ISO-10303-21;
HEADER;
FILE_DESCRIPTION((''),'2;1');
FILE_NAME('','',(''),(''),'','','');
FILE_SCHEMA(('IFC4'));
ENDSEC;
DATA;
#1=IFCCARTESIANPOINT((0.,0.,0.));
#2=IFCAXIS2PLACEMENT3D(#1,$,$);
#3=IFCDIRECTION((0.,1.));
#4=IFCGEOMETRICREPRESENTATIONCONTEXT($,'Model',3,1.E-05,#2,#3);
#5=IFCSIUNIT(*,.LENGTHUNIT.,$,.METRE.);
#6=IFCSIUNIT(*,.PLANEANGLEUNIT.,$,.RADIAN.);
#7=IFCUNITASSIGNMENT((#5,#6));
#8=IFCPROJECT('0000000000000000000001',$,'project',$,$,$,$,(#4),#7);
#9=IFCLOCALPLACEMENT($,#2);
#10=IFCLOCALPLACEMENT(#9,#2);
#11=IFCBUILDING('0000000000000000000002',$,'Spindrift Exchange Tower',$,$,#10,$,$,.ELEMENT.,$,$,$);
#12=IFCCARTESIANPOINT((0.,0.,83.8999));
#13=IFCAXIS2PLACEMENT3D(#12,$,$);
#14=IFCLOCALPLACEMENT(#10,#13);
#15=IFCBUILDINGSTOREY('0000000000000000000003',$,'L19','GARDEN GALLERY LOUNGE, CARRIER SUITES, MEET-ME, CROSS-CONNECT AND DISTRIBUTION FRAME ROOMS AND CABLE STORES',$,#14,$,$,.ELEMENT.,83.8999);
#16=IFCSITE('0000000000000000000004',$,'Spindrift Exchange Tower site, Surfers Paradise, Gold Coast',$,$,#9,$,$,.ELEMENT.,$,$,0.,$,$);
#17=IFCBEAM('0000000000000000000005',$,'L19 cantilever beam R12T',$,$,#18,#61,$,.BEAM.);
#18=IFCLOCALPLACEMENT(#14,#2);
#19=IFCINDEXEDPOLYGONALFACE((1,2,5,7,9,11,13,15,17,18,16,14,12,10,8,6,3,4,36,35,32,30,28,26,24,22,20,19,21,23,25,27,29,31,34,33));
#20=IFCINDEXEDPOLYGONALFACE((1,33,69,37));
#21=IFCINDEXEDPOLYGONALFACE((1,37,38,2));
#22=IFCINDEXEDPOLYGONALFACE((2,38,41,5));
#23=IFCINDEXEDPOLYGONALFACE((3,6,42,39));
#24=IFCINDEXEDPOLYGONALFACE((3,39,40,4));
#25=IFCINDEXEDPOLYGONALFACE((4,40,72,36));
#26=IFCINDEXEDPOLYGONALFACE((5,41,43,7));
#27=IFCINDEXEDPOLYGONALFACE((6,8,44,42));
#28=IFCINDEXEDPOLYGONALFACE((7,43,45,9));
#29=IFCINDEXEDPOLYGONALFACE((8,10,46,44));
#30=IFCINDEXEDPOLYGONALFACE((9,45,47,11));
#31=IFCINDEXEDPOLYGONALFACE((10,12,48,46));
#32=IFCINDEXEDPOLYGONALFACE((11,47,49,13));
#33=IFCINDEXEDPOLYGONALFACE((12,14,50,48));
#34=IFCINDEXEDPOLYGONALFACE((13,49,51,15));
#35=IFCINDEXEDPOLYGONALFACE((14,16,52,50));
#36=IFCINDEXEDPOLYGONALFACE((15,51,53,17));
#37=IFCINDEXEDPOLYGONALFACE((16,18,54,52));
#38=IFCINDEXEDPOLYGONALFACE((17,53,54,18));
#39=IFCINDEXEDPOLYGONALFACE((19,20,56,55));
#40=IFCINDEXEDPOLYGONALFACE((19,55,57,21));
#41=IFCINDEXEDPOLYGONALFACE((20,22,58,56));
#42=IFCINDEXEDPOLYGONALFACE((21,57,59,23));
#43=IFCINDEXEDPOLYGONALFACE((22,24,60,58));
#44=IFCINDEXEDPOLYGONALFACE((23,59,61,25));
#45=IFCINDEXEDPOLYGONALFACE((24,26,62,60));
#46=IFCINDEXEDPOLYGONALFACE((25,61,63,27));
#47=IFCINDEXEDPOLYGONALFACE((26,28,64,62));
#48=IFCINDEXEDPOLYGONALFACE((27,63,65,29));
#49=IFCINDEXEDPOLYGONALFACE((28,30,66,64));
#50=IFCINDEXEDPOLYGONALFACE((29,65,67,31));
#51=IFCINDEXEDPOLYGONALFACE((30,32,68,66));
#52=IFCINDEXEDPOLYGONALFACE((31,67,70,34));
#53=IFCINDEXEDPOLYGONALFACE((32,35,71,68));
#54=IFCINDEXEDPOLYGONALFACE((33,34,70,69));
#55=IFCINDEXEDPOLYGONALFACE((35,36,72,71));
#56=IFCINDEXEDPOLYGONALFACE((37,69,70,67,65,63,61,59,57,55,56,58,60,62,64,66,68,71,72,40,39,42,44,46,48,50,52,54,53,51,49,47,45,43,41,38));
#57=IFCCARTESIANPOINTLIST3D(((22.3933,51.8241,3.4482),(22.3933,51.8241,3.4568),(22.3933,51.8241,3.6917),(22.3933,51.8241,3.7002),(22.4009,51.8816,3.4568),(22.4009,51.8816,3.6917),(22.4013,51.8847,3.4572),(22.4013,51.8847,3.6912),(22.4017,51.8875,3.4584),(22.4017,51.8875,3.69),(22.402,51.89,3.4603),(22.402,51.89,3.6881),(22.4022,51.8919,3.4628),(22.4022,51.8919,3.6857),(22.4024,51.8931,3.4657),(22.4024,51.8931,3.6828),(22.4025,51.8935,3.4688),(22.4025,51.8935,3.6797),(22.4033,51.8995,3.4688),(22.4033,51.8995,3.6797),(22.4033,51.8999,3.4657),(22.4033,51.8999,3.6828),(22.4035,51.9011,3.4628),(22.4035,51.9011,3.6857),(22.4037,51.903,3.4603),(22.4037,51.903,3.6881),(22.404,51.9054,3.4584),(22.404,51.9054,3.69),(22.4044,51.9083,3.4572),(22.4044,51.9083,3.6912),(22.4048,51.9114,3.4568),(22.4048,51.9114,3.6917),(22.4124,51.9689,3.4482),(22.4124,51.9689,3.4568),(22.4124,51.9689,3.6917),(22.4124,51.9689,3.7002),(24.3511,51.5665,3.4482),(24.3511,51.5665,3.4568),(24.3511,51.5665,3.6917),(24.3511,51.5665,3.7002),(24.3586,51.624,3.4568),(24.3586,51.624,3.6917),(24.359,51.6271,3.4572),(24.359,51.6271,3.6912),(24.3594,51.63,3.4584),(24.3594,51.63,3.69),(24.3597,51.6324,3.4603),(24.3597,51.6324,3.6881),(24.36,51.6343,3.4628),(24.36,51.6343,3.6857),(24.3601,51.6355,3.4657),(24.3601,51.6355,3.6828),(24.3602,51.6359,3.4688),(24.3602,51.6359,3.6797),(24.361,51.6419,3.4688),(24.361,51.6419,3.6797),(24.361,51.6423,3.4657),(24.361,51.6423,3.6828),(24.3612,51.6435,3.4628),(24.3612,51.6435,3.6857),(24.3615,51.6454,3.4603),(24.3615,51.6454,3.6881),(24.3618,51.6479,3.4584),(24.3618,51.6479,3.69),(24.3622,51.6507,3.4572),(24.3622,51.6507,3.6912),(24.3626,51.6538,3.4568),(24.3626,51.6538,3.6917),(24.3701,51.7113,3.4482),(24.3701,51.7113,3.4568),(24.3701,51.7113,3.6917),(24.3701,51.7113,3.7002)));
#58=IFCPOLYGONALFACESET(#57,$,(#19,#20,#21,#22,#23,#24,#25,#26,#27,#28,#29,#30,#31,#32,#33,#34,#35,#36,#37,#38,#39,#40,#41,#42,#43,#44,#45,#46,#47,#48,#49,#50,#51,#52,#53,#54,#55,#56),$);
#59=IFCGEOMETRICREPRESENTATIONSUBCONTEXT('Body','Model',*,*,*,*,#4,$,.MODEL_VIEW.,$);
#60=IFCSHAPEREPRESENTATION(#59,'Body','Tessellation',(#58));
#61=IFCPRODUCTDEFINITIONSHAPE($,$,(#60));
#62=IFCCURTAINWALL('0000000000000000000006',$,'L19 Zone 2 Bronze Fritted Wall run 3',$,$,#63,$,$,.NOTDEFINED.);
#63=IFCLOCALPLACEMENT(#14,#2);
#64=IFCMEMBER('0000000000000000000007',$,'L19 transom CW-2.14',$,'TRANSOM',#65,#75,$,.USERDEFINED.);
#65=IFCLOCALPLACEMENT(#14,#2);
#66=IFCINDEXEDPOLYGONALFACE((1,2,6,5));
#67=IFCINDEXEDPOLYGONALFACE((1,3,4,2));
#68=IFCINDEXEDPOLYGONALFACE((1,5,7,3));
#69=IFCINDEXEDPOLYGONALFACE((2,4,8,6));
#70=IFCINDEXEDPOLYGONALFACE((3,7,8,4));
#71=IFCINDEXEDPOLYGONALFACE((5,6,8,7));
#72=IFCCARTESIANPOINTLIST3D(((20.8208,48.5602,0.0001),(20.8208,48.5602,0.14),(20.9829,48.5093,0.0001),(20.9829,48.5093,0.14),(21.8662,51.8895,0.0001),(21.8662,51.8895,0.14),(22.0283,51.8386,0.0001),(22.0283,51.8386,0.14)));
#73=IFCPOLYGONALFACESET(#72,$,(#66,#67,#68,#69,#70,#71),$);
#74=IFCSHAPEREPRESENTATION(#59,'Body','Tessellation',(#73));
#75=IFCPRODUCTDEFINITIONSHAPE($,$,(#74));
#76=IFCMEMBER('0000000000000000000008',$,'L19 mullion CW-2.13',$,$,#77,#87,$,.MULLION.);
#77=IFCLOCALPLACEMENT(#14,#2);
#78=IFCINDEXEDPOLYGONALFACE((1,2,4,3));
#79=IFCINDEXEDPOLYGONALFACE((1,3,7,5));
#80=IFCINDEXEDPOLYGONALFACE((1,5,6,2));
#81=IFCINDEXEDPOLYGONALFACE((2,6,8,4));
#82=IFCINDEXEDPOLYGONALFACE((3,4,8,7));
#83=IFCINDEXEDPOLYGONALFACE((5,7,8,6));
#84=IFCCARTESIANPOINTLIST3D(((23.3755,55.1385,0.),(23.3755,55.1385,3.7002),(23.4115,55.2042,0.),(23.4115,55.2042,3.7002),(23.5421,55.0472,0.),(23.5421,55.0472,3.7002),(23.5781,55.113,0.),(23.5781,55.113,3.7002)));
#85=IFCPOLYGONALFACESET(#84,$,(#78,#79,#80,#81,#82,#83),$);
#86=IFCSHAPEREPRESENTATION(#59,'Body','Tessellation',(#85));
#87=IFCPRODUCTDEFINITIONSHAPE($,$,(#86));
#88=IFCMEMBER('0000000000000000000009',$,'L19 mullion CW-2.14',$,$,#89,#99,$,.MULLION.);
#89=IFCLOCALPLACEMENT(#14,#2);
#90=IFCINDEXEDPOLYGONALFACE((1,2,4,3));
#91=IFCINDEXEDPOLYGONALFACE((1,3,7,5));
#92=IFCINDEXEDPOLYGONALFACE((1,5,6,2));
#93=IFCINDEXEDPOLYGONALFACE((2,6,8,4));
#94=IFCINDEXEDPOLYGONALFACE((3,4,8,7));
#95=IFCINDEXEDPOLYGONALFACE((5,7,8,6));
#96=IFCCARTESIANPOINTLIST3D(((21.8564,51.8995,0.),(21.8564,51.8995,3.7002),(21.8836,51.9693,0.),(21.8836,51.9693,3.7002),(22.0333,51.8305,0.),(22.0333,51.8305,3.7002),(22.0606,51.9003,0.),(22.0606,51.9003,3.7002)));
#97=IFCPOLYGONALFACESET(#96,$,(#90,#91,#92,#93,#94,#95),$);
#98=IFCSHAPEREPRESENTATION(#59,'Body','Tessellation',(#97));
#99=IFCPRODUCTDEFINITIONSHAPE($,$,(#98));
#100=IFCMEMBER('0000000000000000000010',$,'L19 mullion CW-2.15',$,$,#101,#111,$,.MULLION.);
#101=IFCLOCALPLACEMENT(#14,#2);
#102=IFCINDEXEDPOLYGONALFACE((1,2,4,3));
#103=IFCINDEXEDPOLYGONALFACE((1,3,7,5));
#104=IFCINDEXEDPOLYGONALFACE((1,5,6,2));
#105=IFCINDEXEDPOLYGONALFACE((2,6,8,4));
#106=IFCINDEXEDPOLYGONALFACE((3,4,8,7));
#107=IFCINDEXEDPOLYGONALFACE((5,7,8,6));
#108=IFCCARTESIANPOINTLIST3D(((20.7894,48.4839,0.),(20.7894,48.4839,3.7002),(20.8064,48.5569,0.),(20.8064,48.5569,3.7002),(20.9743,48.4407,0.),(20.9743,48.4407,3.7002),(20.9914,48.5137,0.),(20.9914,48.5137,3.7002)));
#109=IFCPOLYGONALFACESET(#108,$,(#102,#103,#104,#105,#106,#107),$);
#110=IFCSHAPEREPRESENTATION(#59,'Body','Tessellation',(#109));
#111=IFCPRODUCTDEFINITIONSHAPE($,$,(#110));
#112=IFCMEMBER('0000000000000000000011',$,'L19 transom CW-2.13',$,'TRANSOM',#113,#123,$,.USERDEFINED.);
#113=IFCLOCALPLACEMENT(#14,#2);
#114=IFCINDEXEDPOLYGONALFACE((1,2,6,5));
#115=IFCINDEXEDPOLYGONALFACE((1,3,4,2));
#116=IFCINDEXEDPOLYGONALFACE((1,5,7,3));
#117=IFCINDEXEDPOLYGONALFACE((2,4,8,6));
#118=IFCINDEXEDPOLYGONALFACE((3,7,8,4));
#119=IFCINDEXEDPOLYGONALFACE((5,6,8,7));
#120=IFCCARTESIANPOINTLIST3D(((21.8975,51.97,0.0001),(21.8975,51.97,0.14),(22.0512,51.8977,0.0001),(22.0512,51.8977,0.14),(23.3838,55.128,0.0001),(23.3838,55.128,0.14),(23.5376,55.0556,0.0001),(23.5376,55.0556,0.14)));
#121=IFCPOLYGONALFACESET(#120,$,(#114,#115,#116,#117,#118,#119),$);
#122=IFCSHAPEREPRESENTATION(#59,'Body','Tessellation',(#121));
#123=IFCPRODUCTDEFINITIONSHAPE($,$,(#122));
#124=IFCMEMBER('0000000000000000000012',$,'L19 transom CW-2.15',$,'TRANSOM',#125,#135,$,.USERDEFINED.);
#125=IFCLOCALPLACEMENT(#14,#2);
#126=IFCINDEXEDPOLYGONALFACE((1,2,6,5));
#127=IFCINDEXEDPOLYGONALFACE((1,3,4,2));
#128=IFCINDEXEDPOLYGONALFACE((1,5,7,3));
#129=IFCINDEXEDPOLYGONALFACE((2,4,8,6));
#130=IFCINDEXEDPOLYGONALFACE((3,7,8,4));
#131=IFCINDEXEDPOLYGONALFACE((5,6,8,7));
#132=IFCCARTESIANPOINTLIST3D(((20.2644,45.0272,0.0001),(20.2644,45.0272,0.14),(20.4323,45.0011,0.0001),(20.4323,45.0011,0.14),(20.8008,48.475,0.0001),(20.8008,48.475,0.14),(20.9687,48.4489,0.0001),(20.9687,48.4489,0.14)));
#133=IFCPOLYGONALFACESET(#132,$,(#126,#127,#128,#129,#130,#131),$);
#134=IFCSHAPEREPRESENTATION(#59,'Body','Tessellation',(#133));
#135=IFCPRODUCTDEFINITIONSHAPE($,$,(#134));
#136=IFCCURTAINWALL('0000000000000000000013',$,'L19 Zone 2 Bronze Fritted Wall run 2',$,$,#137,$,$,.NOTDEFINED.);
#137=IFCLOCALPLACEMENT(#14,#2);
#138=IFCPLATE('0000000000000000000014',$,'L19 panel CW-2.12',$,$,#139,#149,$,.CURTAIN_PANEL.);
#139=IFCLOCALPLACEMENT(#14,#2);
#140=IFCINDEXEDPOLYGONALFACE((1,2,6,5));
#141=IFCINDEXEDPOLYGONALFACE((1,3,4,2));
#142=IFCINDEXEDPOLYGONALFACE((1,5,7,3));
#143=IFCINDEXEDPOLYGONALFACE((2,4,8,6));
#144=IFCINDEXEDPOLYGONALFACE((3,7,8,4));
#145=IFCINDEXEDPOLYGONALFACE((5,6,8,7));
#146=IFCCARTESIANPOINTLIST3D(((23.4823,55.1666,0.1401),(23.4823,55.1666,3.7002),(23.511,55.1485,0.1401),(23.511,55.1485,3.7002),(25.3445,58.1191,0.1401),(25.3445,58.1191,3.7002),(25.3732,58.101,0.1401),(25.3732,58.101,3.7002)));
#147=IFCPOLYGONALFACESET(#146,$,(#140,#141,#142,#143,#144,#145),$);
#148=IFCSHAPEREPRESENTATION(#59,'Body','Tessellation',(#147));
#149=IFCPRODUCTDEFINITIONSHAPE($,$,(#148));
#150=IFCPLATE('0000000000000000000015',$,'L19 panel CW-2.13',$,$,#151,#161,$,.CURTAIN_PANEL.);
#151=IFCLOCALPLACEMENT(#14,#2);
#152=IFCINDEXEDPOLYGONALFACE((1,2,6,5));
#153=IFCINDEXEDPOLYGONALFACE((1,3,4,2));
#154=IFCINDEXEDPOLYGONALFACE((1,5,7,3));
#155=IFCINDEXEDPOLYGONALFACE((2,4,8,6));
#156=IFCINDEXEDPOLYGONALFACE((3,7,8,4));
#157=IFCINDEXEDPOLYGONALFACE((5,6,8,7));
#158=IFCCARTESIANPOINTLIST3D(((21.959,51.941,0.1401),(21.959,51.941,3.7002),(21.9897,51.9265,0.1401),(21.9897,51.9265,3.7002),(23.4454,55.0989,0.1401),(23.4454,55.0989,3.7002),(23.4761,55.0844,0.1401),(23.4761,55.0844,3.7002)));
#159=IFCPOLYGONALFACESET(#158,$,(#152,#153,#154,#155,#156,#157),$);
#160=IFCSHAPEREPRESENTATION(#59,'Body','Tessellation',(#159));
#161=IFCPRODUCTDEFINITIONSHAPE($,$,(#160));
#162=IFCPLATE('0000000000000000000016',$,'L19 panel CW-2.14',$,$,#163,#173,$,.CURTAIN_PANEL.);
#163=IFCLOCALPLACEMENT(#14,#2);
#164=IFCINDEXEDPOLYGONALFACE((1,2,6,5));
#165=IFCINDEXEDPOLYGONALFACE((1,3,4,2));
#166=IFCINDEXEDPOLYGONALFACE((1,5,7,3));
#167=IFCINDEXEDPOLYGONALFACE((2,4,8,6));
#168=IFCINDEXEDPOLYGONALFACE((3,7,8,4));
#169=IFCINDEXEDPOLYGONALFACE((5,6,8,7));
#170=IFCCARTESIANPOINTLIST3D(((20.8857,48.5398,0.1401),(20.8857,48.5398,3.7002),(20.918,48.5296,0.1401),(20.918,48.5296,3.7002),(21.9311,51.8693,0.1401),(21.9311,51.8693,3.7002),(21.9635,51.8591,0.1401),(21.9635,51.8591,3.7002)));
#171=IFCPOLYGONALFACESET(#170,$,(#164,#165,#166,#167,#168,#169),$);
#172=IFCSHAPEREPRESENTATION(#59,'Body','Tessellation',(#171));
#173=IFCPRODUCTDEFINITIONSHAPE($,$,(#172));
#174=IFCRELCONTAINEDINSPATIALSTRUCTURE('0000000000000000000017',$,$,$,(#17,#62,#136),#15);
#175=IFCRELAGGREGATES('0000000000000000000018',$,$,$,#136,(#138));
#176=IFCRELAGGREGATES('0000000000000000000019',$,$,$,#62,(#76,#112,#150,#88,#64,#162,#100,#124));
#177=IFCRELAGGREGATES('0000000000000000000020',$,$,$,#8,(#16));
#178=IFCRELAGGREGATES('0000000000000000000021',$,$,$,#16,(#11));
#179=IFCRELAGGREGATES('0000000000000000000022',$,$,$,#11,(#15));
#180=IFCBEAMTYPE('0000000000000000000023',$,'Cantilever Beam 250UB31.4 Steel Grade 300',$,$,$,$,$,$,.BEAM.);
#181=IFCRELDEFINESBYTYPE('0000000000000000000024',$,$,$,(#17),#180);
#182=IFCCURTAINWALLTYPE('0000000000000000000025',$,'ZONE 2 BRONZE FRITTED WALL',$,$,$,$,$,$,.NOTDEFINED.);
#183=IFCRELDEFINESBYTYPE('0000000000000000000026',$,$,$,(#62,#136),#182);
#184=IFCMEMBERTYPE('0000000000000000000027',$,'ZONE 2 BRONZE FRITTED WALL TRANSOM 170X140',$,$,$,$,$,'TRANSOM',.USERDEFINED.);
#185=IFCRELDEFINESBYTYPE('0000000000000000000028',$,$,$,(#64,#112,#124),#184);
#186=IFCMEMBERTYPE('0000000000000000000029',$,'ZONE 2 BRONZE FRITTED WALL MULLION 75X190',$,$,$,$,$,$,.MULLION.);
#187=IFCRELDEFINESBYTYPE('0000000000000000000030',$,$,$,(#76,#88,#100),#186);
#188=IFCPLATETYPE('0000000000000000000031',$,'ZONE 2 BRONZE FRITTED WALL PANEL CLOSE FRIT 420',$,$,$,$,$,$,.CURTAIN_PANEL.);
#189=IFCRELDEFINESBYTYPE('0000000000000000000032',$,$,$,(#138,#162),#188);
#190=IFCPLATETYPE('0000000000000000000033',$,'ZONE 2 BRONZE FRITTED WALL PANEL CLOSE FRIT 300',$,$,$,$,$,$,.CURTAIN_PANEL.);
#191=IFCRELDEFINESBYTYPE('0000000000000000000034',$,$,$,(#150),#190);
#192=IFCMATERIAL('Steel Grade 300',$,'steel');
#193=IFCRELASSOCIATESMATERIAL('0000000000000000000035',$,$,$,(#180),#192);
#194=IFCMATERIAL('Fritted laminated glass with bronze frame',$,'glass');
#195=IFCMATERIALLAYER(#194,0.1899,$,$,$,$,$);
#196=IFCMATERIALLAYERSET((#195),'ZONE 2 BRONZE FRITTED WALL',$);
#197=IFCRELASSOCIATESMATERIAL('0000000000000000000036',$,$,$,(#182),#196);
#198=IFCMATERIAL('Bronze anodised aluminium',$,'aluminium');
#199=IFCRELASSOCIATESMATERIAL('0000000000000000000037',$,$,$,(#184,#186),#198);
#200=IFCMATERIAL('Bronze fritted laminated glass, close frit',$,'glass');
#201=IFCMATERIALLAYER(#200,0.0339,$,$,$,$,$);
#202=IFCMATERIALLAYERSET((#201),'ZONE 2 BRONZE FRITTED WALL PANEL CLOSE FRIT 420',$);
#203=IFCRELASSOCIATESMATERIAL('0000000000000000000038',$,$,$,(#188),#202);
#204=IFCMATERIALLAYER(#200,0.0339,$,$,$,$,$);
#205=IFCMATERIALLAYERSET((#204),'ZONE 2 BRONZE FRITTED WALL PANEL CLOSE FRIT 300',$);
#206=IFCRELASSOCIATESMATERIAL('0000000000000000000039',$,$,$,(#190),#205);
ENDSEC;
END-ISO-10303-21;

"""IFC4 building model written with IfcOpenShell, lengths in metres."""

from ifc_helpers import new_model, si_unit, direction, frame, origin, origin_2d, place, context, subcontext, project, spatial, rectangle, i_section, extrude, source, transform, mapped, material, layer, layer_set, material_profile, profile_set, type_object, element, aggregate, save


model = new_model("IFC4")

# Units and contexts
model_context = context("Model", 3, precision=1e-05, world=origin(), true_north=direction((0.0, 1.0)))
body_context = subcontext(model_context, "Body", "Model", "MODEL_VIEW")
ifc_project = project(units=[si_unit("LENGTHUNIT", "METRE"), si_unit("PLANEANGLEUNIT", "RADIAN")], contexts=[model_context])

# Site, building, storey
site_placement = place(None, origin())
site = spatial("IfcSite", under=ifc_project, at=site_placement, Name="Spindrift Exchange Tower site, Surfers Paradise, Gold Coast", CompositionType="ELEMENT", RefElevation=0.0)
building_placement = place(site_placement, origin())
building = spatial("IfcBuilding", under=site, at=building_placement, Name="Spindrift Exchange Tower", CompositionType="ELEMENT")
storey_placement = place(building_placement, frame((0.0, 0.0, 83.8999)))
storey = spatial("IfcBuildingStorey", under=building, at=storey_placement, Name="L19", Description="GARDEN GALLERY LOUNGE, CARRIER SUITES, MEET-ME, CROSS-CONNECT AND DISTRIBUTION FRAME ROOMS AND CABLE STORES", CompositionType="ELEMENT", Elevation=83.8999)

# Beam
ifc_material_1 = material(Name="Steel Grade 300", Category="steel")
ifc_material_profile_1 = material_profile(ifc_material_1, i_section(OverallWidth=0.146, OverallDepth=0.252, WebThickness=0.0061, FlangeThickness=0.0085, FilletRadius=0.012, at=origin_2d()), Name="250UB31.4")
ifc_profile_set_1 = profile_set([ifc_material_profile_1], Name="Steel Grade 300")
beam_type_1 = type_object("IfcBeamType", Name="Cantilever Beam 250UB31.4 Steel Grade 300", PredefinedType="BEAM", material=ifc_profile_set_1)
shared_shape_1 = source(origin(), body_context, "Body", "SweptSolid", [
    extrude(i_section(OverallWidth=0.146, OverallDepth=0.252, WebThickness=0.0061, FlangeThickness=0.0085, FilletRadius=0.012, at=origin_2d()), origin(), (0.0, 0.0, 1.0), 1.9746),
])
beam_1_placement = place(storey_placement, frame((24.3606, 51.6389, 3.5742), z_axis=(-0.991456, 0.130439, 0.0), x_axis=(-0.130439, -0.991456, 0.0)))
element("IfcBeam", 1, at=beam_1_placement, inside=storey, type_object=beam_type_1, Name="L19 cantilever beam R12T", PredefinedType="BEAM", context=body_context, shape_type="MappedRepresentation", body=[
    mapped(shared_shape_1, transform((0.0, 0.0, 0.0), scale=1.0)),
])

# Curtain wall, members
ifc_material_2 = material(Name="Fritted laminated glass with bronze frame", Category="glass")
ifc_layer_1 = layer(ifc_material_2, 0.1899)
ifc_layer_set_1 = layer_set([ifc_layer_1], Name="ZONE 2 BRONZE FRITTED WALL")
curtain_wall_type = type_object("IfcCurtainWallType", Name="ZONE 2 BRONZE FRITTED WALL", PredefinedType="NOTDEFINED", material=ifc_layer_set_1)
curtain_wall_1_placement = place(storey_placement, origin())
curtain_wall_1 = element("IfcCurtainWall", 2, at=curtain_wall_1_placement, inside=storey, type_object=curtain_wall_type, Name="L19 Zone 2 Bronze Fritted Wall run 3", PredefinedType="NOTDEFINED")
ifc_material_3 = material(Name="Bronze anodised aluminium", Category="aluminium")
ifc_material_profile_2 = material_profile(ifc_material_3, rectangle(XDim=0.1699, YDim=0.1399, at=origin_2d()), Name="ZONE 2 BRONZE FRITTED WALL TRANSOM 170X140")
ifc_profile_set_2 = profile_set([ifc_material_profile_2], Name="Bronze anodised aluminium")
member_type_1 = type_object("IfcMemberType", Name="ZONE 2 BRONZE FRITTED WALL TRANSOM 170X140", ElementType="TRANSOM", PredefinedType="USERDEFINED", material=ifc_profile_set_2)
shared_shape_2 = source(origin(), body_context, "Body", "SweptSolid", [
    extrude(rectangle(XDim=0.1699, YDim=0.1399, at=origin_2d()), origin(), (0.0, 0.0, 1.0), 3.4895),
])
member_1_placement = place(storey_placement, frame((21.9473, 51.864, 0.0701), z_axis=(-0.299577, -0.954072, 0.0), x_axis=(0.954072, -0.299577, 0.0)))
member_1 = element("IfcMember", 3, at=member_1_placement, type_object=member_type_1, Name="L19 transom CW-2.14", ObjectType="TRANSOM", PredefinedType="USERDEFINED", context=body_context, shape_type="MappedRepresentation", body=[
    mapped(shared_shape_2, transform((0.0, 0.0, 0.0), scale=1.0)),
])
ifc_material_profile_3 = material_profile(ifc_material_3, rectangle(XDim=0.075, YDim=0.1899, at=origin_2d()), Name="ZONE 2 BRONZE FRITTED WALL MULLION 75X190")
ifc_profile_set_3 = profile_set([ifc_material_profile_3], Name="Bronze anodised aluminium")
member_type_2 = type_object("IfcMemberType", Name="ZONE 2 BRONZE FRITTED WALL MULLION 75X190", PredefinedType="MULLION", material=ifc_profile_set_3)
shared_shape_3 = source(origin(), body_context, "Body", "SweptSolid", [
    extrude(rectangle(XDim=0.075, YDim=0.1899, at=origin_2d()), origin(), (0.0, 0.0, 1.0), 3.7002),
])
member_2_placement = place(storey_placement, frame((23.4768, 55.1257, 0.0), z_axis=(0.0, 0.0, 1.0), x_axis=(-0.480574, -0.876954, 0.0)))
member_2 = element("IfcMember", 4, at=member_2_placement, type_object=member_type_2, Name="L19 mullion CW-2.13", PredefinedType="MULLION", context=body_context, shape_type="MappedRepresentation", body=[
    mapped(shared_shape_3, transform((0.0, 0.0, 0.0), scale=1.0)),
])
member_3_placement = place(storey_placement, frame((21.9585, 51.8999, 0.0), z_axis=(0.0, 0.0, 1.0), x_axis=(-0.363554, -0.931573, 0.0)))
member_3 = element("IfcMember", 5, at=member_3_placement, type_object=member_type_2, Name="L19 mullion CW-2.14", PredefinedType="MULLION", context=body_context, shape_type="MappedRepresentation", body=[
    mapped(shared_shape_3, transform((0.0, 0.0, 0.0), scale=1.0)),
])
member_4_placement = place(storey_placement, frame((20.8904, 48.4988, 0.0), z_axis=(0.0, 0.0, 1.0), x_axis=(-0.22729, -0.973827, 0.0)))
member_4 = element("IfcMember", 6, at=member_4_placement, type_object=member_type_2, Name="L19 mullion CW-2.15", PredefinedType="MULLION", context=body_context, shape_type="MappedRepresentation", body=[
    mapped(shared_shape_3, transform((0.0, 0.0, 0.0), scale=1.0)),
])
shared_shape_4 = source(origin(), body_context, "Body", "SweptSolid", [
    extrude(rectangle(XDim=0.1699, YDim=0.1399, at=origin_2d()), origin(), (0.0, 0.0, 1.0), 3.4902),
])
member_5_placement = place(storey_placement, frame((23.4607, 55.0918, 0.0701), z_axis=(-0.425851, -0.904793, 0.0), x_axis=(0.904793, -0.425851, 0.0)))
member_5 = element("IfcMember", 7, at=member_5_placement, type_object=member_type_1, Name="L19 transom CW-2.13", ObjectType="TRANSOM", PredefinedType="USERDEFINED", context=body_context, shape_type="MappedRepresentation", body=[
    mapped(shared_shape_4, transform((0.0, 0.0, 0.0), scale=1.0)),
])
shared_shape_5 = source(origin(), body_context, "Body", "SweptSolid", [
    extrude(rectangle(XDim=0.1699, YDim=0.1399, at=origin_2d()), origin(), (0.0, 0.0, 1.0), 3.4893),
])
member_6_placement = place(storey_placement, frame((20.8848, 48.4619, 0.0701), z_axis=(-0.153724, -0.988114, 0.0), x_axis=(0.988114, -0.153724, 0.0)))
member_6 = element("IfcMember", 8, at=member_6_placement, type_object=member_type_1, Name="L19 transom CW-2.15", ObjectType="TRANSOM", PredefinedType="USERDEFINED", context=body_context, shape_type="MappedRepresentation", body=[
    mapped(shared_shape_5, transform((0.0, 0.0, 0.0), scale=1.0)),
])

# Curtain wall, plate
curtain_wall_2_placement = place(storey_placement, origin())
curtain_wall_2 = element("IfcCurtainWall", 9, at=curtain_wall_2_placement, inside=storey, type_object=curtain_wall_type, Name="L19 Zone 2 Bronze Fritted Wall run 2", PredefinedType="NOTDEFINED")
ifc_material_4 = material(Name="Bronze fritted laminated glass, close frit", Category="glass")
ifc_layer_2 = layer(ifc_material_4, 0.0339)
ifc_layer_set_2 = layer_set([ifc_layer_2], Name="ZONE 2 BRONZE FRITTED WALL PANEL CLOSE FRIT 420")
plate_type_1 = type_object("IfcPlateType", Name="ZONE 2 BRONZE FRITTED WALL PANEL CLOSE FRIT 420", PredefinedType="CURTAIN_PANEL", material=ifc_layer_set_2)
shared_shape_6 = source(origin(), body_context, "Body", "SweptSolid", [
    extrude(rectangle(XDim=3.4907, YDim=0.0339, at=origin_2d()), origin(), (0.0, 0.0, 1.0), 3.5601),
])
plate_1_placement = place(storey_placement, frame((24.4277, 56.6338, 0.1401), z_axis=(0.0, 0.0, 1.0), x_axis=(-0.533476, -0.845815, 0.0)))
plate_1 = element("IfcPlate", 10, at=plate_1_placement, type_object=plate_type_1, Name="L19 panel CW-2.12", PredefinedType="CURTAIN_PANEL", context=body_context, shape_type="MappedRepresentation", body=[
    mapped(shared_shape_6, transform((0.0, 0.0, 0.0), scale=1.0)),
])
aggregate(curtain_wall_2, [plate_1])

# Plates
ifc_layer_3 = layer(ifc_material_4, 0.0339)
ifc_layer_set_3 = layer_set([ifc_layer_3], Name="ZONE 2 BRONZE FRITTED WALL PANEL CLOSE FRIT 300")
plate_type_2 = type_object("IfcPlateType", Name="ZONE 2 BRONZE FRITTED WALL PANEL CLOSE FRIT 300", PredefinedType="CURTAIN_PANEL", material=ifc_layer_set_3)
shared_shape_7 = source(origin(), body_context, "Body", "SweptSolid", [
    extrude(rectangle(XDim=3.4902, YDim=0.0339, at=origin_2d()), origin(), (0.0, 0.0, 1.0), 3.5601),
])
plate_2_placement = place(storey_placement, frame((22.7175, 53.5127, 0.1401), z_axis=(0.0, 0.0, 1.0), x_axis=(-0.42586, -0.904789, 0.0)))
plate_2 = element("IfcPlate", 11, at=plate_2_placement, type_object=plate_type_2, Name="L19 panel CW-2.13", PredefinedType="CURTAIN_PANEL", context=body_context, shape_type="MappedRepresentation", body=[
    mapped(shared_shape_7, transform((0.0, 0.0, 0.0), scale=1.0)),
])
shared_shape_8 = source(origin(), body_context, "Body", "SweptSolid", [
    extrude(rectangle(XDim=3.4897, YDim=0.0339, at=origin_2d()), origin(), (0.0, 0.0, 1.0), 3.5601),
])
plate_3_placement = place(storey_placement, frame((21.4246, 50.1995, 0.1401), z_axis=(0.0, 0.0, 1.0), x_axis=(-0.299575, -0.954073, 0.0)))
plate_3 = element("IfcPlate", 12, at=plate_3_placement, type_object=plate_type_1, Name="L19 panel CW-2.14", PredefinedType="CURTAIN_PANEL", context=body_context, shape_type="MappedRepresentation", body=[
    mapped(shared_shape_8, transform((0.0, 0.0, 0.0), scale=1.0)),
])
aggregate(curtain_wall_1, [member_2, member_5, plate_2, member_3, member_1, plate_3, member_4, member_6])

save(model, "model.ifc")
